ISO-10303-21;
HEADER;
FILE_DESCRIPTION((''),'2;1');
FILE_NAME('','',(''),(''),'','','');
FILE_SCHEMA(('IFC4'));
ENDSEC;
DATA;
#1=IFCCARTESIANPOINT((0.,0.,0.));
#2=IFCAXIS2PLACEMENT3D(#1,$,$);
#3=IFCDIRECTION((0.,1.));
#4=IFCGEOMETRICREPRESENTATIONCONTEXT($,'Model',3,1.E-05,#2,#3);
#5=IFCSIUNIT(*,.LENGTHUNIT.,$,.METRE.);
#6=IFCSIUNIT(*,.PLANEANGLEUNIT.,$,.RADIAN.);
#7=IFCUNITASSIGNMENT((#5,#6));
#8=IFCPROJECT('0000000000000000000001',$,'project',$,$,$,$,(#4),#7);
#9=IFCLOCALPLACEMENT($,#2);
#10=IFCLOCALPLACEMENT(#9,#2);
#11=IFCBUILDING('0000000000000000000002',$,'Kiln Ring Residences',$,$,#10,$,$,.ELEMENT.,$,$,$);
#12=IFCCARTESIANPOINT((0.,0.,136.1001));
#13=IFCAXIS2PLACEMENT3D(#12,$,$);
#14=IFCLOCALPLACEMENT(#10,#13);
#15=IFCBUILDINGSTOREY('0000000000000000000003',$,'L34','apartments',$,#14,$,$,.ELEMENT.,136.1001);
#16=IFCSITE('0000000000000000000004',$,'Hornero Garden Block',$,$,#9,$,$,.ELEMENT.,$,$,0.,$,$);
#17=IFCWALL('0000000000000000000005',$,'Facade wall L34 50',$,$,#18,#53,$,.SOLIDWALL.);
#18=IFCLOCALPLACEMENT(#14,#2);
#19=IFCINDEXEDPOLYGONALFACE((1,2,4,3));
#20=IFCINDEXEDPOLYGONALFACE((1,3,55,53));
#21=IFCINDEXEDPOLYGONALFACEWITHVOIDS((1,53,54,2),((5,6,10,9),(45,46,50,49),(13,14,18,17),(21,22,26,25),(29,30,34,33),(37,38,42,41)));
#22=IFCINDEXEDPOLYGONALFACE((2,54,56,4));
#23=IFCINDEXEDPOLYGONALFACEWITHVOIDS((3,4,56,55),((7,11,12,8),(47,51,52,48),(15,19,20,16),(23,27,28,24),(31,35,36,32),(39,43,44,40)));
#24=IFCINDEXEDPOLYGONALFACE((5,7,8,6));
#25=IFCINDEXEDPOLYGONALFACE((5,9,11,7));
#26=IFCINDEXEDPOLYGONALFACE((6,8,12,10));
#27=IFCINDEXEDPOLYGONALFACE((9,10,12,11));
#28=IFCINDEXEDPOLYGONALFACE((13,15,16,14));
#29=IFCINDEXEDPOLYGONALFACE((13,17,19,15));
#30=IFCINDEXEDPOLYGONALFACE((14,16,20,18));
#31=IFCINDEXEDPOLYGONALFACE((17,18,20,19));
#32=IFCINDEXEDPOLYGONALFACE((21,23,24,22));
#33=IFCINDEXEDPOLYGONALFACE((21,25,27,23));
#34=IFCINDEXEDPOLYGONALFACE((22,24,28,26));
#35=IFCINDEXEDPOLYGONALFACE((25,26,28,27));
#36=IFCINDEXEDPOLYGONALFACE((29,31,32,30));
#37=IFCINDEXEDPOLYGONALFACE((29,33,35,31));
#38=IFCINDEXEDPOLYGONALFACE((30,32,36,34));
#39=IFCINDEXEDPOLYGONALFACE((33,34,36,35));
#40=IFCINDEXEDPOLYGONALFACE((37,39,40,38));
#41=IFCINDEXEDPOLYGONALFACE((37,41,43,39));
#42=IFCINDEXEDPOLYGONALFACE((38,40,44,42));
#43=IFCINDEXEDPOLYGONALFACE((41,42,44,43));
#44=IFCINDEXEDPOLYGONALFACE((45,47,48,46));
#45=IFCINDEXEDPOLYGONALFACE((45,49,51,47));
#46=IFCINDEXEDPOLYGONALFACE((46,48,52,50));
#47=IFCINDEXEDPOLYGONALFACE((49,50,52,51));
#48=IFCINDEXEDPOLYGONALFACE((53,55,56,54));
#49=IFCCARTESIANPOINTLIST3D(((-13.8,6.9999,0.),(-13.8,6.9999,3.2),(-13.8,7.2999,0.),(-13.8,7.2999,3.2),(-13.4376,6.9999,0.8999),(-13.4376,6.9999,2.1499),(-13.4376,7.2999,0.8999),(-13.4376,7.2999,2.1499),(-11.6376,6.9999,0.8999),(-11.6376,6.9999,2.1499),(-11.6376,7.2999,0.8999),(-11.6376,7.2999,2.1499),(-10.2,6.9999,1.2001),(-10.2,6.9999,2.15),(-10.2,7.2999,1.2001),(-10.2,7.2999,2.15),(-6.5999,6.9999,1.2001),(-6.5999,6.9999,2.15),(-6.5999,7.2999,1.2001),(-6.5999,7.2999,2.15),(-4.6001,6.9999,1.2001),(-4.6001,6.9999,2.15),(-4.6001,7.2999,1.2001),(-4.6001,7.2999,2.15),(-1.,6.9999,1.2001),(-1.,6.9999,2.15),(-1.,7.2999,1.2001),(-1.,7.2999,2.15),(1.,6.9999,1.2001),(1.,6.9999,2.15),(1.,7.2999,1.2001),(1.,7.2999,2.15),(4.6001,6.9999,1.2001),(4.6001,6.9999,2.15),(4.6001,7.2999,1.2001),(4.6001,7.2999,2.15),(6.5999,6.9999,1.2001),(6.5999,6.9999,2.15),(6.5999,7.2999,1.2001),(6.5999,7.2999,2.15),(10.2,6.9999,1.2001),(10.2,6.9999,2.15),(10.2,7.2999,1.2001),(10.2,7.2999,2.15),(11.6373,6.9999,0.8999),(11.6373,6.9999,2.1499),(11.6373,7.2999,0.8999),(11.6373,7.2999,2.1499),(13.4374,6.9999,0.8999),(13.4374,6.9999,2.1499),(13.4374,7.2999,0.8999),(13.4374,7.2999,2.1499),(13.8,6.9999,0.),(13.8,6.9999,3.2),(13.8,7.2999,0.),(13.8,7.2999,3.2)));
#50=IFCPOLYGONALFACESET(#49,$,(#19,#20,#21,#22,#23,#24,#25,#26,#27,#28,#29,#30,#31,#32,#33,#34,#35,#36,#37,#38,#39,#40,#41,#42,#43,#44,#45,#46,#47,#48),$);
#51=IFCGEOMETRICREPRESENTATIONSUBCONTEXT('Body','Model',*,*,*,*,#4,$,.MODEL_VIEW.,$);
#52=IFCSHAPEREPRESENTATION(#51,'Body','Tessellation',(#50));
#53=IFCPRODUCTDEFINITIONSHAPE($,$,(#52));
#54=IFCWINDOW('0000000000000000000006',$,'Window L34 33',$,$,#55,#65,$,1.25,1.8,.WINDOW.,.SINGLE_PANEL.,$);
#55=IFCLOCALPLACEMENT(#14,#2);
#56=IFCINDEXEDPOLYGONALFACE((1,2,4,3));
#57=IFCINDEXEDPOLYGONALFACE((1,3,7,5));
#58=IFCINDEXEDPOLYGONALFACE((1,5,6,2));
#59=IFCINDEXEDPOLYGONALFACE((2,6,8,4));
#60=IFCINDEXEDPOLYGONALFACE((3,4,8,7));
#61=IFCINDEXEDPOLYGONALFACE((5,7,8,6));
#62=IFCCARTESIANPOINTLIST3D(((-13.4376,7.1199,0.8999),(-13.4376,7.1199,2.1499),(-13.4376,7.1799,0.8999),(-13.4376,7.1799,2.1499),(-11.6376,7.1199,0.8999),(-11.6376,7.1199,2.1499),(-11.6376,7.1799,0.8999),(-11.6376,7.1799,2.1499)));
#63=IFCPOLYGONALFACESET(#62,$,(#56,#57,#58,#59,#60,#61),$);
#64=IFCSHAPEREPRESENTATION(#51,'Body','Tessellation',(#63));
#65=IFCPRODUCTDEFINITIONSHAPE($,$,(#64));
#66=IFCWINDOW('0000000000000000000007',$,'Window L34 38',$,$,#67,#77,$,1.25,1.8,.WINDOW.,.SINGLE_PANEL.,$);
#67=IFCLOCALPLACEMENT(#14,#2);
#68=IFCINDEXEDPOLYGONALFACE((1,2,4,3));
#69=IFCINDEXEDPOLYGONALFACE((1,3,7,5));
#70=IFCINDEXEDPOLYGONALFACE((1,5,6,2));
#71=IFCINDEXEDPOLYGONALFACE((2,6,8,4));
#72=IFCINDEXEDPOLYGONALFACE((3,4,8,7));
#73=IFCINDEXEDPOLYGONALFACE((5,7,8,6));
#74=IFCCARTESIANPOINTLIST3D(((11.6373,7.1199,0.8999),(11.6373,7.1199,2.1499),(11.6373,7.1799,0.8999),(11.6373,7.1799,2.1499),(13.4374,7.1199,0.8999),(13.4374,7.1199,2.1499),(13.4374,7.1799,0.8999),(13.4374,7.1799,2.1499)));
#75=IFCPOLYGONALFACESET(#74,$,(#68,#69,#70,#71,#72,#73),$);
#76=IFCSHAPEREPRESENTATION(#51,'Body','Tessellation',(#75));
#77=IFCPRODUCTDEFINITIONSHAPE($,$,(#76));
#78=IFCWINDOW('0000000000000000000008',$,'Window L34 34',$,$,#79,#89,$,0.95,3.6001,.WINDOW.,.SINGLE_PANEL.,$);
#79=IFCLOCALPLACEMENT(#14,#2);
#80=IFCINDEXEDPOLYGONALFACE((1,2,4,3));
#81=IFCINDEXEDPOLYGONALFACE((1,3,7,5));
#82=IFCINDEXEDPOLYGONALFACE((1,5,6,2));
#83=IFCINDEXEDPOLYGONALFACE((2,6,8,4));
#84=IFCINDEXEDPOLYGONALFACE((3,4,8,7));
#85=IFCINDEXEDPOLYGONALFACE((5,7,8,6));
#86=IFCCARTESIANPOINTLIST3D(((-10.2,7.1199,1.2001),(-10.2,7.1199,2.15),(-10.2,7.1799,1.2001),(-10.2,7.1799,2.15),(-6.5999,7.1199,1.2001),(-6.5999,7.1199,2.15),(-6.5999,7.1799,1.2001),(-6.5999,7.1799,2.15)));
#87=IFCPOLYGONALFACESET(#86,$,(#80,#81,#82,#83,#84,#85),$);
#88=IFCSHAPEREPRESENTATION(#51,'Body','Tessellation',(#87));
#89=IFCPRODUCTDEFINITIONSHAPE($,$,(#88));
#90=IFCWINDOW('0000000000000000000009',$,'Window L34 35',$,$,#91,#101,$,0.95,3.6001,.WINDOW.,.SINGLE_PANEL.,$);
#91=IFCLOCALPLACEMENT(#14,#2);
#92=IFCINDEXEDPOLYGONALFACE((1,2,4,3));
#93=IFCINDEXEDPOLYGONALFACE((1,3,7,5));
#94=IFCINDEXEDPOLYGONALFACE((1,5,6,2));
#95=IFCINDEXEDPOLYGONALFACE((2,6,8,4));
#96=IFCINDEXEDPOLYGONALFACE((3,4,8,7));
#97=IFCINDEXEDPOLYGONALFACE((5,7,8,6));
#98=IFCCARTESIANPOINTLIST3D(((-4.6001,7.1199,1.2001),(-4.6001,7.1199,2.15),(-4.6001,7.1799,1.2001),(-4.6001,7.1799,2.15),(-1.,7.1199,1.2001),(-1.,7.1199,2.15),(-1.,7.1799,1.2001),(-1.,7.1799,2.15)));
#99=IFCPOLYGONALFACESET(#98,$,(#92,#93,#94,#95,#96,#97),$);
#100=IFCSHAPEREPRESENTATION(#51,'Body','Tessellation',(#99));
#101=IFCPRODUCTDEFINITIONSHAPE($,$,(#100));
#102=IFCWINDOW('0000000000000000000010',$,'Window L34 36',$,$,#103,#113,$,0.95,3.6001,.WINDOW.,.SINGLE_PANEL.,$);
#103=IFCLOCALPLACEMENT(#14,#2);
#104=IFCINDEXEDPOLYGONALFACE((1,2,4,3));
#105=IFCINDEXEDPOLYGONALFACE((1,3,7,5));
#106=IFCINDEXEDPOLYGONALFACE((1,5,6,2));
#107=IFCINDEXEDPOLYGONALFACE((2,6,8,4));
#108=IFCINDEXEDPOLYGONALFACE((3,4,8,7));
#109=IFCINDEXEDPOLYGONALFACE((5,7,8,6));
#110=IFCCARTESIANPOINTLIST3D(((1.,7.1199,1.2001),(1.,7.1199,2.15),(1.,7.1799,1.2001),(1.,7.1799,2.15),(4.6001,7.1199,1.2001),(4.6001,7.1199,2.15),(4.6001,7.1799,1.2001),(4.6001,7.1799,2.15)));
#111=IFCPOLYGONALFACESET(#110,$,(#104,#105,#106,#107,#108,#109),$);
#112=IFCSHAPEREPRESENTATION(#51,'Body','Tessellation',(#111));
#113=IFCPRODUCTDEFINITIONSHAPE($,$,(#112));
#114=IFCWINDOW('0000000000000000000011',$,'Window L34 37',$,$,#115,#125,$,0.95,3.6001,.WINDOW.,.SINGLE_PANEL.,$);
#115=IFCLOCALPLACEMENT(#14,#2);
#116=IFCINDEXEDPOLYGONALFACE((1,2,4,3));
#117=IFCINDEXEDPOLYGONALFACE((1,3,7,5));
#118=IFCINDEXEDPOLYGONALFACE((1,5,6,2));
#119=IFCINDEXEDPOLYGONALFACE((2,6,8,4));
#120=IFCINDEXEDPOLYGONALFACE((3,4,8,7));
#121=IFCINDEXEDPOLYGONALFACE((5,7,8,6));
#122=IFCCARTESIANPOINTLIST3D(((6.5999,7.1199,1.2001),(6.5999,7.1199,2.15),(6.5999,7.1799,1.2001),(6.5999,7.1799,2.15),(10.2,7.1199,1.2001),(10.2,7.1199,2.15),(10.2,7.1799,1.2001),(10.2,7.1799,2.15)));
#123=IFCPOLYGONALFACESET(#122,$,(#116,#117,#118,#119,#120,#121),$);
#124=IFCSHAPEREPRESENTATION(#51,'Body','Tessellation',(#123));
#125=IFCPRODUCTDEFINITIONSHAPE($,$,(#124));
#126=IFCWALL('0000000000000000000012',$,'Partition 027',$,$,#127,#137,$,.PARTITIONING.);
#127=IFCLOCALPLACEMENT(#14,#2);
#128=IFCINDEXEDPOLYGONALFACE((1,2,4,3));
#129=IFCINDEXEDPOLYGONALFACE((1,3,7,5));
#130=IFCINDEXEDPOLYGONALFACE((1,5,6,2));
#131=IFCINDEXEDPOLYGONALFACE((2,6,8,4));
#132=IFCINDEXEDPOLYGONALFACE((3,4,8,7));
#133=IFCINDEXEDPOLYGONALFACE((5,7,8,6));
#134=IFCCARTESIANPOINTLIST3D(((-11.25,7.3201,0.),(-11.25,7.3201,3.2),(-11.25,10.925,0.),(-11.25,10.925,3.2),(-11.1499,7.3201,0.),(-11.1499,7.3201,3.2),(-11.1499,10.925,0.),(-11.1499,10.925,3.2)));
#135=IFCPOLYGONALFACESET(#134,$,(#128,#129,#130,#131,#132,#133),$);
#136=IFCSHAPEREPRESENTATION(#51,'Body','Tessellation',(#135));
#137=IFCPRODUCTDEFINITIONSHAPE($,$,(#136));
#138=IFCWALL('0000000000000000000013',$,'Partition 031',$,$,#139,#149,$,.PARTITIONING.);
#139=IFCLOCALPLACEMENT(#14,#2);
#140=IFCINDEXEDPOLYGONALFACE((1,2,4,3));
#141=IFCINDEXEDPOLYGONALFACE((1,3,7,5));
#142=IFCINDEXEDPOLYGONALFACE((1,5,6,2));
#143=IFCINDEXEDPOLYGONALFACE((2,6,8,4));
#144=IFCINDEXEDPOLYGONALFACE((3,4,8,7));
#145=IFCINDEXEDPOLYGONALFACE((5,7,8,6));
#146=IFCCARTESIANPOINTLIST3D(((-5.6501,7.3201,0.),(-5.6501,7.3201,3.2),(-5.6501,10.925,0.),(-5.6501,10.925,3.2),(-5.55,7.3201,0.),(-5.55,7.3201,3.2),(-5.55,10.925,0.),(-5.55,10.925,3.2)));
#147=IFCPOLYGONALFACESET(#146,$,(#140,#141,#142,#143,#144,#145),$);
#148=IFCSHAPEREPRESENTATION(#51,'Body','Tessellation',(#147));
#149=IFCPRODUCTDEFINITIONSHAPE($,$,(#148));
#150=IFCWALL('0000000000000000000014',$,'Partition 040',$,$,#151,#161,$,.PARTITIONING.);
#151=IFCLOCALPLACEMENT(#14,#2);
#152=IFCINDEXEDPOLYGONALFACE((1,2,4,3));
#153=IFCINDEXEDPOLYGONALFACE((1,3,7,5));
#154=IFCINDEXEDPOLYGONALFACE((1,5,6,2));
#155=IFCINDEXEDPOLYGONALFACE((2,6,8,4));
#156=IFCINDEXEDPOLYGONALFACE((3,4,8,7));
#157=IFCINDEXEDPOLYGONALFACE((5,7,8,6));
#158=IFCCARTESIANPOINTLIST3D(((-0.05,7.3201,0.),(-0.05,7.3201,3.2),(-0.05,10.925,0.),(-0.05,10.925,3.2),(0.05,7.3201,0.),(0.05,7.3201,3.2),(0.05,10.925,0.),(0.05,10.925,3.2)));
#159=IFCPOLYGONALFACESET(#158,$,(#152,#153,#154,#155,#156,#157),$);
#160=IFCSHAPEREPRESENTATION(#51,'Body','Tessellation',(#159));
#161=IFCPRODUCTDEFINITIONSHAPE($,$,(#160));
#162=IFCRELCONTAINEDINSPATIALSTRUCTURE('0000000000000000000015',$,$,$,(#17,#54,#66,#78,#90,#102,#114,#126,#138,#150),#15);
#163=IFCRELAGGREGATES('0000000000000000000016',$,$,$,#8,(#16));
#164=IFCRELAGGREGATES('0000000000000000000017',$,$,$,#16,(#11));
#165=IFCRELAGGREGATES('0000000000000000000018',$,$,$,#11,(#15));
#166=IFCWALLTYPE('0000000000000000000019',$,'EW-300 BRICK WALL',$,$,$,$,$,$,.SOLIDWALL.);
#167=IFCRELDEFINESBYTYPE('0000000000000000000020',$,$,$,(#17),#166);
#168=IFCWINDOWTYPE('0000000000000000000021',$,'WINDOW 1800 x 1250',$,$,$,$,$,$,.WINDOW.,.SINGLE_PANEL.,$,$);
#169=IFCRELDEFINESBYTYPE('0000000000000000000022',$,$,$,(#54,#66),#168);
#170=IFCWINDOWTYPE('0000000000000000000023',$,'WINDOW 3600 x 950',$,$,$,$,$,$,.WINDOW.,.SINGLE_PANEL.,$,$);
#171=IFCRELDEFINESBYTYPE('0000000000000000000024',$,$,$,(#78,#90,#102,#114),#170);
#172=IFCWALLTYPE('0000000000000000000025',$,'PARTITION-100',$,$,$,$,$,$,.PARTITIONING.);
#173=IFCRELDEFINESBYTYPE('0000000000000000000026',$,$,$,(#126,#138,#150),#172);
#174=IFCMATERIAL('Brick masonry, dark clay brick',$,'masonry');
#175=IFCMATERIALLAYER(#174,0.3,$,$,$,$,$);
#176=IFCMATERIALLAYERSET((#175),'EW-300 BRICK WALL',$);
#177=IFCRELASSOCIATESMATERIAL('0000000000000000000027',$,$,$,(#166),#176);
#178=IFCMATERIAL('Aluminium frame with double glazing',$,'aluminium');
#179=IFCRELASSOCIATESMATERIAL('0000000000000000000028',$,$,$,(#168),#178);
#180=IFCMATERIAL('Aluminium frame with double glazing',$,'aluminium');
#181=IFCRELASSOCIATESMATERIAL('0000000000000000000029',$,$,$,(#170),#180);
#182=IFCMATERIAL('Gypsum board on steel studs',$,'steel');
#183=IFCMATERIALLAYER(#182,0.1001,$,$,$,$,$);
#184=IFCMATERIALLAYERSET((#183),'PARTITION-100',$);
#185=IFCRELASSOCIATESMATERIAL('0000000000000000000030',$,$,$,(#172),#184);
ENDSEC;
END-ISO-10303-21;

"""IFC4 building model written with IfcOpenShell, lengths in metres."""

from ifc_helpers import new_model, si_unit, direction, frame, frame_2d, origin, place, context, subcontext, project, spatial, rectangle, extrude, material, layer, layer_set, type_object, element, fill, save


model = new_model("IFC4")

# Units and contexts
model_context = context("Model", 3, precision=1e-05, world=origin(), true_north=direction((0.0, 1.0)))
body_context = subcontext(model_context, "Body", "Model", "MODEL_VIEW")
ifc_project = project(units=[si_unit("LENGTHUNIT", "METRE"), si_unit("PLANEANGLEUNIT", "RADIAN")], contexts=[model_context])

# Site, building, storey
site_placement = place(None, origin())
site = spatial("IfcSite", under=ifc_project, at=site_placement, Name="Hornero Garden Block", CompositionType="ELEMENT", RefElevation=0.0)
building_placement = place(site_placement, origin())
building = spatial("IfcBuilding", under=site, at=building_placement, Name="Kiln Ring Residences", CompositionType="ELEMENT")
storey_placement = place(building_placement, frame((0.0, 0.0, 136.1001)))
storey = spatial("IfcBuildingStorey", under=building, at=storey_placement, Name="L34", Description="apartments", CompositionType="ELEMENT", Elevation=136.1001)

# Wall, openings, windows
ifc_material_1 = material(Name="Brick masonry, dark clay brick", Category="masonry")
ifc_layer_1 = layer(ifc_material_1, 0.3)
ifc_layer_set_1 = layer_set([ifc_layer_1], Name="EW-300 BRICK WALL")
wall_type_1 = type_object("IfcWallType", Name="EW-300 BRICK WALL", PredefinedType="SOLIDWALL", material=ifc_layer_set_1)
wall_1_placement = place(storey_placement, frame((-13.8, 7.1499, 0.0), z_axis=(0.0, 0.0, 1.0), x_axis=(1.0, 0.0, 0.0)))
wall_1 = element("IfcWall", 1, at=wall_1_placement, inside=storey, type_object=wall_type_1, Name="Facade wall L34 50", PredefinedType="SOLIDWALL", context=body_context, shape_type="SweptSolid", body=[
    extrude(rectangle(XDim=27.6001, YDim=0.3, at=frame_2d((13.8, 0.0))), origin(), (0.0, 0.0, 1.0), 3.2),
])
opening_1_placement = place(wall_1_placement, frame((0.3625, 0.0, 0.8999)))
opening_1 = element("IfcOpeningElement", 2, at=opening_1_placement, cuts=wall_1, PredefinedType="OPENING", context=body_context, shape_type="SweptSolid", body=[
    extrude(rectangle(XDim=1.8, YDim=1.25, at=frame_2d((0.8999, 0.625))), frame((0.0, 0.1599, 0.0), z_axis=(0.0, -1.0, 0.0), x_axis=(1.0, 0.0, 0.0)), (0.0, 0.0, 1.0), 0.3201),
])
opening_2_placement = place(wall_1_placement, frame((3.6001, 0.0, 1.2)))
opening_2 = element("IfcOpeningElement", 3, at=opening_2_placement, cuts=wall_1, PredefinedType="OPENING", context=body_context, shape_type="SweptSolid", body=[
    extrude(rectangle(XDim=3.6001, YDim=0.95, at=frame_2d((1.8, 0.4751))), frame((0.0, 0.1599, 0.0), z_axis=(0.0, -1.0, 0.0), x_axis=(1.0, 0.0, 0.0)), (0.0, 0.0, 1.0), 0.3201),
])
opening_3_placement = place(wall_1_placement, frame((9.2, 0.0, 1.2)))
opening_3 = element("IfcOpeningElement", 4, at=opening_3_placement, cuts=wall_1, PredefinedType="OPENING", context=body_context, shape_type="SweptSolid", body=[
    extrude(rectangle(XDim=3.6001, YDim=0.95, at=frame_2d((1.8, 0.4751))), frame((0.0, 0.1599, 0.0), z_axis=(0.0, -1.0, 0.0), x_axis=(1.0, 0.0, 0.0)), (0.0, 0.0, 1.0), 0.3201),
])
opening_4_placement = place(wall_1_placement, frame((14.8, 0.0, 1.2)))
opening_4 = element("IfcOpeningElement", 5, at=opening_4_placement, cuts=wall_1, PredefinedType="OPENING", context=body_context, shape_type="SweptSolid", body=[
    extrude(rectangle(XDim=3.6001, YDim=0.95, at=frame_2d((1.8, 0.4751))), frame((0.0, 0.1599, 0.0), z_axis=(0.0, -1.0, 0.0), x_axis=(1.0, 0.0, 0.0)), (0.0, 0.0, 1.0), 0.3201),
])
opening_5_placement = place(wall_1_placement, frame((20.3999, 0.0, 1.2)))
opening_5 = element("IfcOpeningElement", 6, at=opening_5_placement, cuts=wall_1, PredefinedType="OPENING", context=body_context, shape_type="SweptSolid", body=[
    extrude(rectangle(XDim=3.6001, YDim=0.95, at=frame_2d((1.8, 0.4751))), frame((0.0, 0.1599, 0.0), z_axis=(0.0, -1.0, 0.0), x_axis=(1.0, 0.0, 0.0)), (0.0, 0.0, 1.0), 0.3201),
])
opening_6_placement = place(wall_1_placement, frame((25.4375, 0.0, 0.8999)))
opening_6 = element("IfcOpeningElement", 7, at=opening_6_placement, cuts=wall_1, PredefinedType="OPENING", context=body_context, shape_type="SweptSolid", body=[
    extrude(rectangle(XDim=1.8, YDim=1.25, at=frame_2d((0.8999, 0.625))), frame((0.0, 0.1599, 0.0), z_axis=(0.0, -1.0, 0.0), x_axis=(1.0, 0.0, 0.0)), (0.0, 0.0, 1.0), 0.3201),
])
ifc_material_2 = material(Name="Aluminium frame with double glazing", Category="aluminium")
window_type_1 = type_object("IfcWindowType", Name="WINDOW 1800 x 1250", PartitioningType="SINGLE_PANEL", PredefinedType="WINDOW", material=ifc_material_2)
window_1_placement = place(opening_1_placement, origin())
window_1 = element("IfcWindow", 8, at=window_1_placement, inside=storey, type_object=window_type_1, Name="Window L34 33", OverallHeight=1.25, OverallWidth=1.8, PartitioningType="SINGLE_PANEL", PredefinedType="WINDOW", context=body_context, shape_type="SweptSolid", body=[
    extrude(rectangle(XDim=1.8, YDim=1.25, at=frame_2d((0.8999, 0.625))), frame((0.0, 0.03, 0.0), z_axis=(0.0, -1.0, 0.0), x_axis=(1.0, 0.0, 0.0)), (0.0, 0.0, 1.0), 0.0601),
])
fill(opening_1, window_1)
window_2_placement = place(opening_6_placement, origin())
window_2 = element("IfcWindow", 9, at=window_2_placement, inside=storey, type_object=window_type_1, Name="Window L34 38", OverallHeight=1.25, OverallWidth=1.8, PartitioningType="SINGLE_PANEL", PredefinedType="WINDOW", context=body_context, shape_type="SweptSolid", body=[
    extrude(rectangle(XDim=1.8, YDim=1.25, at=frame_2d((0.8999, 0.625))), frame((0.0, 0.03, 0.0), z_axis=(0.0, -1.0, 0.0), x_axis=(1.0, 0.0, 0.0)), (0.0, 0.0, 1.0), 0.0601),
])
fill(opening_6, window_2)
ifc_material_3 = material(Name="Aluminium frame with double glazing", Category="aluminium")
window_type_2 = type_object("IfcWindowType", Name="WINDOW 3600 x 950", PartitioningType="SINGLE_PANEL", PredefinedType="WINDOW", material=ifc_material_3)
window_3_placement = place(opening_2_placement, origin())
window_3 = element("IfcWindow", 10, at=window_3_placement, inside=storey, type_object=window_type_2, Name="Window L34 34", OverallHeight=0.95, OverallWidth=3.6001, PartitioningType="SINGLE_PANEL", PredefinedType="WINDOW", context=body_context, shape_type="SweptSolid", body=[
    extrude(rectangle(XDim=3.6001, YDim=0.95, at=frame_2d((1.8, 0.4751))), frame((0.0, 0.03, 0.0), z_axis=(0.0, -1.0, 0.0), x_axis=(1.0, 0.0, 0.0)), (0.0, 0.0, 1.0), 0.0601),
])
fill(opening_2, window_3)
window_4_placement = place(opening_3_placement, origin())
window_4 = element("IfcWindow", 11, at=window_4_placement, inside=storey, type_object=window_type_2, Name="Window L34 35", OverallHeight=0.95, OverallWidth=3.6001, PartitioningType="SINGLE_PANEL", PredefinedType="WINDOW", context=body_context, shape_type="SweptSolid", body=[
    extrude(rectangle(XDim=3.6001, YDim=0.95, at=frame_2d((1.8, 0.4751))), frame((0.0, 0.03, 0.0), z_axis=(0.0, -1.0, 0.0), x_axis=(1.0, 0.0, 0.0)), (0.0, 0.0, 1.0), 0.0601),
])
fill(opening_3, window_4)
window_5_placement = place(opening_4_placement, origin())
window_5 = element("IfcWindow", 12, at=window_5_placement, inside=storey, type_object=window_type_2, Name="Window L34 36", OverallHeight=0.95, OverallWidth=3.6001, PartitioningType="SINGLE_PANEL", PredefinedType="WINDOW", context=body_context, shape_type="SweptSolid", body=[
    extrude(rectangle(XDim=3.6001, YDim=0.95, at=frame_2d((1.8, 0.4751))), frame((0.0, 0.03, 0.0), z_axis=(0.0, -1.0, 0.0), x_axis=(1.0, 0.0, 0.0)), (0.0, 0.0, 1.0), 0.0601),
])
fill(opening_4, window_5)
window_6_placement = place(opening_5_placement, origin())
window_6 = element("IfcWindow", 13, at=window_6_placement, inside=storey, type_object=window_type_2, Name="Window L34 37", OverallHeight=0.95, OverallWidth=3.6001, PartitioningType="SINGLE_PANEL", PredefinedType="WINDOW", context=body_context, shape_type="SweptSolid", body=[
    extrude(rectangle(XDim=3.6001, YDim=0.95, at=frame_2d((1.8, 0.4751))), frame((0.0, 0.03, 0.0), z_axis=(0.0, -1.0, 0.0), x_axis=(1.0, 0.0, 0.0)), (0.0, 0.0, 1.0), 0.0601),
])
fill(opening_5, window_6)

# Walls
ifc_material_4 = material(Name="Gypsum board on steel studs", Category="steel")
ifc_layer_2 = layer(ifc_material_4, 0.1001)
ifc_layer_set_2 = layer_set([ifc_layer_2], Name="PARTITION-100")
wall_type_2 = type_object("IfcWallType", Name="PARTITION-100", PredefinedType="PARTITIONING", material=ifc_layer_set_2)
for number, where, z_axis, x_axis, name in (
    (14, (-11.2, 7.3201, 0.0), (0.0, 0.0, 1.0), (0.0, 1.0, 0.0), "Partition 027"),
    (15, (-5.6001, 7.3201, 0.0), (0.0, 0.0, 1.0), (0.0, 1.0, 0.0), "Partition 031"),
    (16, (0.0, 7.3201, 0.0), (0.0, 0.0, 1.0), (0.0, 1.0, 0.0), "Partition 040"),
):
    element("IfcWall", number, at=place(storey_placement, frame(where, z_axis=z_axis, x_axis=x_axis)), inside=storey, type_object=wall_type_2, Name=name, PredefinedType="PARTITIONING", context=body_context, shape_type="SweptSolid", body=[
        extrude(rectangle(XDim=3.605, YDim=0.1001, at=frame_2d((1.8025, 0.0))), origin(), (0.0, 0.0, 1.0), 3.2),
    ])

save(model, "model.ifc")
